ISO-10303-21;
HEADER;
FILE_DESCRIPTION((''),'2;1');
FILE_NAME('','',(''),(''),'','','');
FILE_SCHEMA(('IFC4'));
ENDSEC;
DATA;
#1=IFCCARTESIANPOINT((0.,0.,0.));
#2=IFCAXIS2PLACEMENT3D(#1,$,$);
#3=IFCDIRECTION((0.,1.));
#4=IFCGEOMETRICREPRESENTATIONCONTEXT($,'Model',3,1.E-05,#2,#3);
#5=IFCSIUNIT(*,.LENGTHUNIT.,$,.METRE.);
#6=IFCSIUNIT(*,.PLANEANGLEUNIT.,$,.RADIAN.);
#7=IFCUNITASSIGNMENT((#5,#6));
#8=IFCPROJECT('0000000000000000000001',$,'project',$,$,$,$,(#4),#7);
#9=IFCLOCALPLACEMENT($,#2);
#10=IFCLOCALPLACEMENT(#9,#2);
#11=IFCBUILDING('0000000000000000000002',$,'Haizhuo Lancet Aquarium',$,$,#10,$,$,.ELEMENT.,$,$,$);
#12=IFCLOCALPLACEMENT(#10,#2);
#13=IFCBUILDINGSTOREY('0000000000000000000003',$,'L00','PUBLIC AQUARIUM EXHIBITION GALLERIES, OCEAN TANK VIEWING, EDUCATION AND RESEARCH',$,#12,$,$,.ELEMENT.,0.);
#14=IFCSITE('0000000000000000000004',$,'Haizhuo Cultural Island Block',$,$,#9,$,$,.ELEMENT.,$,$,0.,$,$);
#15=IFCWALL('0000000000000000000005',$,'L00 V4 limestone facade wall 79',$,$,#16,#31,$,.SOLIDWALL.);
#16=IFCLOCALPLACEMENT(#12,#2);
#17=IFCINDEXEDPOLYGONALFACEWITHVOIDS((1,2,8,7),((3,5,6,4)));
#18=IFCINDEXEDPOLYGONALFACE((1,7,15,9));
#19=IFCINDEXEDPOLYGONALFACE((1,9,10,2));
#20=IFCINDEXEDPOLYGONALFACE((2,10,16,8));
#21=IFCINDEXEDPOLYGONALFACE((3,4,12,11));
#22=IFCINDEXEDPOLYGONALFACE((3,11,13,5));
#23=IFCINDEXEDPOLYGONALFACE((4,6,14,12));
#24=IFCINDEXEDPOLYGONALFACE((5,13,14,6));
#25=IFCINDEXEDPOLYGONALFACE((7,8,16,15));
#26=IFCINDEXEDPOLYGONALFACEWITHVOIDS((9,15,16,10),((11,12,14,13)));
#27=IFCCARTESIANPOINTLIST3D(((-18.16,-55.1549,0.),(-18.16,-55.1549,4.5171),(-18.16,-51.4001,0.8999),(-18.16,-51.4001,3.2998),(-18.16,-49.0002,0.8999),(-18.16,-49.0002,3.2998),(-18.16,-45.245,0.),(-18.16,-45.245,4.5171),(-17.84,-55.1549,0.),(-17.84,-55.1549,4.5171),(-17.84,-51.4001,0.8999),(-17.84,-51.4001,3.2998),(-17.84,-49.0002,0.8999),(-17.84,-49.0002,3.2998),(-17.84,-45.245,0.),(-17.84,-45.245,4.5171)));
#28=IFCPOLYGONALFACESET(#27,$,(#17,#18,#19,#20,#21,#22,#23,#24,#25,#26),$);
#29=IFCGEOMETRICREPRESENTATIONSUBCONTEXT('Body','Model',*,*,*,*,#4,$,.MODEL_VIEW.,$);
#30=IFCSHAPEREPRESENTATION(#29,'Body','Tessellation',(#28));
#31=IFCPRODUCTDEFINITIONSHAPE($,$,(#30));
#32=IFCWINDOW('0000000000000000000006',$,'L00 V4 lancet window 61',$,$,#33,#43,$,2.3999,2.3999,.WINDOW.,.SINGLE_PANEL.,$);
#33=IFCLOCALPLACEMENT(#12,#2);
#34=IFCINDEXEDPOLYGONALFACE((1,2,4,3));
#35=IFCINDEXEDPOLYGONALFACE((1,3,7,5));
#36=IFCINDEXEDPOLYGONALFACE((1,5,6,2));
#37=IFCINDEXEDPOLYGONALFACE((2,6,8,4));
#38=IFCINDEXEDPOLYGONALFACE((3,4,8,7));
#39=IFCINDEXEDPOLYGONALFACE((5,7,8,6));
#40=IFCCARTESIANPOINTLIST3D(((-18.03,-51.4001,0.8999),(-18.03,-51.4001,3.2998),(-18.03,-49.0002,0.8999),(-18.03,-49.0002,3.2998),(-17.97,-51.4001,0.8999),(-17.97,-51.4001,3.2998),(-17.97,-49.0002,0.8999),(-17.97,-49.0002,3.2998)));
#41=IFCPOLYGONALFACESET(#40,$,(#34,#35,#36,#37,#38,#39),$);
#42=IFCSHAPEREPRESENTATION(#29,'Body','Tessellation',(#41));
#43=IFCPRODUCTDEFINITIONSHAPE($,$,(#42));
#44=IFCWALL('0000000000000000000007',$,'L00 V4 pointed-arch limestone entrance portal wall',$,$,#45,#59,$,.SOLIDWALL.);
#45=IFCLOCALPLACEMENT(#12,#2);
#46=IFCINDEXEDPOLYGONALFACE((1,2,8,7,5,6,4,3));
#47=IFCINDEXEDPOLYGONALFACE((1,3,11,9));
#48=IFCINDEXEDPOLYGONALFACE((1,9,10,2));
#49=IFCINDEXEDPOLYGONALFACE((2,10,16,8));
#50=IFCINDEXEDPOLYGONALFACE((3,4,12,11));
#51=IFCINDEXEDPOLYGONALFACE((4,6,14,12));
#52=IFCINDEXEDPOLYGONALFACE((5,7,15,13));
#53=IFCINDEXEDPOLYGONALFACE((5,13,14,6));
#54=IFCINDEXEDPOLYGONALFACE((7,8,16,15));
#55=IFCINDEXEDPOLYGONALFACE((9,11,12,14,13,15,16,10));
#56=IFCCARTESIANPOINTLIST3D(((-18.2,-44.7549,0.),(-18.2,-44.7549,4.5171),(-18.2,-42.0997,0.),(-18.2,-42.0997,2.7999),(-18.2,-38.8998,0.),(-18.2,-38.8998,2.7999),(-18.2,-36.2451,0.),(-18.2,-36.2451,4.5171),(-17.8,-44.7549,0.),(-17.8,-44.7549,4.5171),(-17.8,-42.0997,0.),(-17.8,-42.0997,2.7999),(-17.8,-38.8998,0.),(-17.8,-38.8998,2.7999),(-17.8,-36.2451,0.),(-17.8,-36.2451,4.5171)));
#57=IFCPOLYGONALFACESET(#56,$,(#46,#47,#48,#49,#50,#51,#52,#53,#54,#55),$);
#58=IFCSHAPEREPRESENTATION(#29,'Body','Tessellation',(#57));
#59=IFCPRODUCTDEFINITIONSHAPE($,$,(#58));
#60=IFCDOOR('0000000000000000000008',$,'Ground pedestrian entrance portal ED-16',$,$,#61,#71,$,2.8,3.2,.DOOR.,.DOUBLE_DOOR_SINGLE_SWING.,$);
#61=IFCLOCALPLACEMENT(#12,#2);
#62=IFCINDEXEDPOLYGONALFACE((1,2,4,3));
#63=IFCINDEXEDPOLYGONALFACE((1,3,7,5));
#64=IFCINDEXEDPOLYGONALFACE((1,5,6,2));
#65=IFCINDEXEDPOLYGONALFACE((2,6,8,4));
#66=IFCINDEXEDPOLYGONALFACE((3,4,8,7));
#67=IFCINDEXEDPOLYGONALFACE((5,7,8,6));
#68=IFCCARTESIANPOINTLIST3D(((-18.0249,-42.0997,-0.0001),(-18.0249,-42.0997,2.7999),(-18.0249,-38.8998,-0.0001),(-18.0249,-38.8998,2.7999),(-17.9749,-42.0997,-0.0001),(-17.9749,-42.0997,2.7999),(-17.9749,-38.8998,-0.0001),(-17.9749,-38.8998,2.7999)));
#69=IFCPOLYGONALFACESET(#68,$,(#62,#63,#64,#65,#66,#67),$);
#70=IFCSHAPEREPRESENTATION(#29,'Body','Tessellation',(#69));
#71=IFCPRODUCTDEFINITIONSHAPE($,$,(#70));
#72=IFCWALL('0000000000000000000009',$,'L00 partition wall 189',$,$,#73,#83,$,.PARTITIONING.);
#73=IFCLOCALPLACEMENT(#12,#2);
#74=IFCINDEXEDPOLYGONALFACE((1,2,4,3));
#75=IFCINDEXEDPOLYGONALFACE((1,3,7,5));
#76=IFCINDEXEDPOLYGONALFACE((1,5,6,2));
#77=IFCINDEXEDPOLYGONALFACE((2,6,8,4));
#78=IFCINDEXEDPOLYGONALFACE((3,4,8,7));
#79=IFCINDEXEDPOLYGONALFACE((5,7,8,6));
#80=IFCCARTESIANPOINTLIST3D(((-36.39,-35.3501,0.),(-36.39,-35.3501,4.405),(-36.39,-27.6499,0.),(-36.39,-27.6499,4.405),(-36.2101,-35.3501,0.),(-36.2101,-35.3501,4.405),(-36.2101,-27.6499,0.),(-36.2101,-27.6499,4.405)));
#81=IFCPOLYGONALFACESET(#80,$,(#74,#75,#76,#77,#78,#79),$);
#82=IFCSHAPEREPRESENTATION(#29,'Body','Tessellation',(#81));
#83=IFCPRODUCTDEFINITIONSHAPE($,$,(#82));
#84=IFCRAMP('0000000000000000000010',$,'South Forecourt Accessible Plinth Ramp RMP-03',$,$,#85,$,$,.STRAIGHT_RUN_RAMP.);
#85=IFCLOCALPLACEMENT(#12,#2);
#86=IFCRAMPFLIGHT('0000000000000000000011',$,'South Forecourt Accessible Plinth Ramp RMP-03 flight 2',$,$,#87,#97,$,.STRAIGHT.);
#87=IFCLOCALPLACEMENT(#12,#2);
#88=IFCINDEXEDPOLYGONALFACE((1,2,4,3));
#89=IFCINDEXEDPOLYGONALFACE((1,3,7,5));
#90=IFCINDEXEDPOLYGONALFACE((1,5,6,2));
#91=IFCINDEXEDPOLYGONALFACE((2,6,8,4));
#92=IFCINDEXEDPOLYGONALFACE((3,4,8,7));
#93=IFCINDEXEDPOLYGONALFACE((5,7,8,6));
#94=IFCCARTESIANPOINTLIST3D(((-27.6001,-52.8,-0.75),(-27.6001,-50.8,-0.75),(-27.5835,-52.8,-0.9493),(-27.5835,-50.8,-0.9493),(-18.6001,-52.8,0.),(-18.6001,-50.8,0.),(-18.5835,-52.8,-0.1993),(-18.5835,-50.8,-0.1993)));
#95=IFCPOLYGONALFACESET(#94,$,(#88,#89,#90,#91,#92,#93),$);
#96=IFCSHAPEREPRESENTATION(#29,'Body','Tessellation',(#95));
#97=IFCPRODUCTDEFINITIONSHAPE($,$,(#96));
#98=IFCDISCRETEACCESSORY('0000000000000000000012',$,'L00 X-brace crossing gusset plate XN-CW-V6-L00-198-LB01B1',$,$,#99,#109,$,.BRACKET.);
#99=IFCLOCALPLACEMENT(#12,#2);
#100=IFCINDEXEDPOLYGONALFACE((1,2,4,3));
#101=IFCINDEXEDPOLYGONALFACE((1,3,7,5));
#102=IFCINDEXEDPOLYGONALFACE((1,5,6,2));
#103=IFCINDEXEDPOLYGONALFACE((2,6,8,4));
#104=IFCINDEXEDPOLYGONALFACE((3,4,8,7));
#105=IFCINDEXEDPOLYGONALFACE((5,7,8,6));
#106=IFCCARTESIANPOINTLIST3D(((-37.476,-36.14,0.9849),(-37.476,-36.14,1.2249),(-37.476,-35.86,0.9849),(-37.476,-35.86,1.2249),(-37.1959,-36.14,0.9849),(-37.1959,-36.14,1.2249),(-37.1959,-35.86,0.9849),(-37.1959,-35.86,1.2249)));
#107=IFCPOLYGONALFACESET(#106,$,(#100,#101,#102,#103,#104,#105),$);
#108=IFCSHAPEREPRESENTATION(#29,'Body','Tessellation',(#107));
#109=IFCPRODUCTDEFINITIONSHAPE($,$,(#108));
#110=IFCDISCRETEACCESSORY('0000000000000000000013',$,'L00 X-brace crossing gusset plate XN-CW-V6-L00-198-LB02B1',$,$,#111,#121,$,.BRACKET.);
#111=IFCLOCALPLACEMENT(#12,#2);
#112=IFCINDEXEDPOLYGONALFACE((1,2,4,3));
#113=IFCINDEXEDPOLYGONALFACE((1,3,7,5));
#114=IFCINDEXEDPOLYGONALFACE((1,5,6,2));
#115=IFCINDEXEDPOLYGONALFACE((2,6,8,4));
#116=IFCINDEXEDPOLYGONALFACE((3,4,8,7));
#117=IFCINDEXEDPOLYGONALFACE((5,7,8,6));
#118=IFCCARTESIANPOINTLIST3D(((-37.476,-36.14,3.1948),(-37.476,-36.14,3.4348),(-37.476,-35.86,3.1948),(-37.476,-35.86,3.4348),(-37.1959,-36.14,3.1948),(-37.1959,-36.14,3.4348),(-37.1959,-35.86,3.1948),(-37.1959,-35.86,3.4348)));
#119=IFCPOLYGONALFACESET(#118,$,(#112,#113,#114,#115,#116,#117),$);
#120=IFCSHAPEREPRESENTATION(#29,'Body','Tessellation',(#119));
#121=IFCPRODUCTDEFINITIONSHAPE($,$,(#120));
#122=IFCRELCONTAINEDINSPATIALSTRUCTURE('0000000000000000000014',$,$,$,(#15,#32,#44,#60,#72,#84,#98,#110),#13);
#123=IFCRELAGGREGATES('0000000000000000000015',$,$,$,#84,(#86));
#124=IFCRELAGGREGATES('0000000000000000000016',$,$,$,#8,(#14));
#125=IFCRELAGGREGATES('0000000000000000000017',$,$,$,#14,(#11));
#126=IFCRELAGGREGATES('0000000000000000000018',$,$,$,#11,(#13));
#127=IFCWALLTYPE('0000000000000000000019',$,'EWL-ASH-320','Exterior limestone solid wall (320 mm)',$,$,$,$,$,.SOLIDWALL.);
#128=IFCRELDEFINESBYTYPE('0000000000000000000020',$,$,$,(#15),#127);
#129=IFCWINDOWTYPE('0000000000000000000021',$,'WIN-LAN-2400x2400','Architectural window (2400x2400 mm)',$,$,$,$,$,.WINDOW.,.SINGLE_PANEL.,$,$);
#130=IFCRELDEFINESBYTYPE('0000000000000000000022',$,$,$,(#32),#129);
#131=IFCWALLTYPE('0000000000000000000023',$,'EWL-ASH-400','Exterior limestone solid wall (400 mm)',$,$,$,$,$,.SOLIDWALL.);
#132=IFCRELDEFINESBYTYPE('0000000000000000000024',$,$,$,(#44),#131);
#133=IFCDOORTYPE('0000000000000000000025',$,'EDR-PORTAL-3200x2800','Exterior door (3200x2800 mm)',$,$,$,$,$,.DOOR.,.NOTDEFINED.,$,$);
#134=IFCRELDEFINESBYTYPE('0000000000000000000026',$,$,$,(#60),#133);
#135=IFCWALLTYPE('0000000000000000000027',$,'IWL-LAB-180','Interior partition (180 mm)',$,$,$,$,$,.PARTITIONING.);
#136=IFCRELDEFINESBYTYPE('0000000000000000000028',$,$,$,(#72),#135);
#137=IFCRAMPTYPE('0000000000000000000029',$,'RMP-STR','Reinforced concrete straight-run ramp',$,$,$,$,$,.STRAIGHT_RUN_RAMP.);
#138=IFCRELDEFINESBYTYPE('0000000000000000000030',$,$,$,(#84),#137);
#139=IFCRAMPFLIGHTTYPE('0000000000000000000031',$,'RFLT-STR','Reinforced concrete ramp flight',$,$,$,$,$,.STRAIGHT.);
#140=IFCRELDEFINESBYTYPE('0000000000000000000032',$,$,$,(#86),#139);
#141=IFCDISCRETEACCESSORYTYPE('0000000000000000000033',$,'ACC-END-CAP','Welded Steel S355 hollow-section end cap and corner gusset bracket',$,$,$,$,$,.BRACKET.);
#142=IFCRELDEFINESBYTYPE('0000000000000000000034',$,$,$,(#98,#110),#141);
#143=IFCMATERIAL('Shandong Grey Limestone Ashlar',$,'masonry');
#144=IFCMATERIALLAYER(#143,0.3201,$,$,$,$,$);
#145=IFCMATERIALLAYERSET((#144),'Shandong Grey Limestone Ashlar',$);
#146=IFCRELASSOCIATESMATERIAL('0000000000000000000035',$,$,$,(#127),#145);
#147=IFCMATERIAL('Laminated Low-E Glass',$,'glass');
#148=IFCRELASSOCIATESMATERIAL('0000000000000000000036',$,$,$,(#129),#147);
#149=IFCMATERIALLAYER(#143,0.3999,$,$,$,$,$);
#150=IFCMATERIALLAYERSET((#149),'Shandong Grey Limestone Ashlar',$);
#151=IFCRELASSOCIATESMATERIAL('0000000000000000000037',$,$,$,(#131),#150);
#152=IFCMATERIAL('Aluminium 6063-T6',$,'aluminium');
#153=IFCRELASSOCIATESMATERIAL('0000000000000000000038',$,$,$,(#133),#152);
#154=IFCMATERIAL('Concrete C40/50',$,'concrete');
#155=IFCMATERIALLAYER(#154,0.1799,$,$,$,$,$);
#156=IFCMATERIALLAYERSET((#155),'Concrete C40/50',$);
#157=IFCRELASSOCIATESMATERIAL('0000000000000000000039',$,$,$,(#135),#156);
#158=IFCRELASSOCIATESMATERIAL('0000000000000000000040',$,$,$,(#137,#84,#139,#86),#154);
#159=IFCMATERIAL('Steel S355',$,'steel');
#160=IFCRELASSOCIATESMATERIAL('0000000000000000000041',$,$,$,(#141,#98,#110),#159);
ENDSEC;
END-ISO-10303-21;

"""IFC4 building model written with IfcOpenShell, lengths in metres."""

from ifc_helpers import new_model, si_unit, direction, frame, frame_2d, origin, origin_2d, place, context, subcontext, project, spatial, polyline, rectangle, outline, extrude, material, layer, layer_set, type_object, element, fill, aggregate, save


model = new_model("IFC4")

# Units and contexts
model_context = context("Model", 3, precision=1e-05, world=origin(), true_north=direction((0.0, 1.0)))
body_context = subcontext(model_context, "Body", "Model", "MODEL_VIEW")
ifc_project = project(units=[si_unit("LENGTHUNIT", "METRE"), si_unit("PLANEANGLEUNIT", "RADIAN")], contexts=[model_context])

# Site, building, storey
site_placement = place(None, origin())
site = spatial("IfcSite", under=ifc_project, at=site_placement, Name="Haizhuo Cultural Island Block", CompositionType="ELEMENT", RefElevation=0.0)
building_placement = place(site_placement, origin())
building = spatial("IfcBuilding", under=site, at=building_placement, Name="Haizhuo Lancet Aquarium", CompositionType="ELEMENT")
storey_placement = place(building_placement, origin())
storey = spatial("IfcBuildingStorey", under=building, at=storey_placement, Name="L00", Description="PUBLIC AQUARIUM EXHIBITION GALLERIES, OCEAN TANK VIEWING, EDUCATION AND RESEARCH", CompositionType="ELEMENT", Elevation=0.0)

# Shared definitions
ifc_material_1 = material(Name="Steel S355", Category="steel")

# Shared definitions
ifc_material_2 = material(Name="Aluminium 6063-T6", Category="aluminium")

# Shared definitions
ifc_material_3 = material(Name="Laminated Low-E Glass", Category="glass")

# Wall, opening, window
ifc_material_4 = material(Name="Shandong Grey Limestone Ashlar", Category="masonry")
ifc_layer_1 = layer(ifc_material_4, 0.3201)
ifc_layer_set_1 = layer_set([ifc_layer_1], Name="Shandong Grey Limestone Ashlar")
wall_type_1 = type_object("IfcWallType", Name="EWL-ASH-320", Description="Exterior limestone solid wall (320 mm)", PredefinedType="SOLIDWALL", material=ifc_layer_set_1)
wall_1_placement = place(storey_placement, frame((-18.0, -55.155, 0.0), z_axis=(0.0, 0.0, 1.0), x_axis=(0.0, 1.0, 0.0)))
wall_1 = element("IfcWall", 1, at=wall_1_placement, inside=storey, type_object=wall_type_1, Name="L00 V4 limestone facade wall 79", PredefinedType="SOLIDWALL", context=body_context, shape_type="SweptSolid", body=[
    extrude(rectangle(XDim=9.9099, YDim=0.3201, at=frame_2d((4.9551, 0.0))), origin(), (0.0, 0.0, 1.0), 4.5171),
])
opening_1_placement = place(wall_1_placement, frame((3.7549, 0.0, 0.8999)))
opening_1 = element("IfcOpeningElement", 2, at=opening_1_placement, cuts=wall_1, PredefinedType="OPENING", context=body_context, shape_type="SweptSolid", body=[
    extrude(rectangle(XDim=2.3999, YDim=2.3999, at=frame_2d((1.2, 1.2))), frame((0.0, 0.1699, 0.0), z_axis=(0.0, -1.0, 0.0), x_axis=(1.0, 0.0, 0.0)), (0.0, 0.0, 1.0), 0.3401),
])
window_type = type_object("IfcWindowType", Name="WIN-LAN-2400x2400", Description="Architectural window (2400x2400 mm)", PartitioningType="SINGLE_PANEL", PredefinedType="WINDOW", material=ifc_material_3)
window_placement = place(opening_1_placement, origin())
window = element("IfcWindow", 3, at=window_placement, inside=storey, type_object=window_type, Name="L00 V4 lancet window 61", OverallHeight=2.3999, OverallWidth=2.3999, PartitioningType="SINGLE_PANEL", PredefinedType="WINDOW", context=body_context, shape_type="SweptSolid", body=[
    extrude(rectangle(XDim=2.3999, YDim=2.3999, at=frame_2d((1.2, 1.2))), frame((0.0, 0.03, 0.0), z_axis=(0.0, -1.0, 0.0), x_axis=(1.0, 0.0, 0.0)), (0.0, 0.0, 1.0), 0.0601),
])
fill(opening_1, window)

# Wall, opening, door
ifc_layer_2 = layer(ifc_material_4, 0.3999)
ifc_layer_set_2 = layer_set([ifc_layer_2], Name="Shandong Grey Limestone Ashlar")
wall_type_2 = type_object("IfcWallType", Name="EWL-ASH-400", Description="Exterior limestone solid wall (400 mm)", PredefinedType="SOLIDWALL", material=ifc_layer_set_2)
wall_2_placement = place(storey_placement, frame((-18.0, -44.7549, 0.0), z_axis=(0.0, 0.0, 1.0), x_axis=(0.0, 1.0, 0.0)))
wall_2 = element("IfcWall", 4, at=wall_2_placement, inside=storey, type_object=wall_type_2, Name="L00 V4 pointed-arch limestone entrance portal wall", PredefinedType="SOLIDWALL", context=body_context, shape_type="SweptSolid", body=[
    extrude(rectangle(XDim=8.5098, YDim=0.3999, at=frame_2d((4.2549, 0.0))), origin(), (0.0, 0.0, 1.0), 4.5171),
])
opening_2_placement = place(wall_2_placement, frame((2.655, 0.0, 0.0)))
opening_2 = element("IfcOpeningElement", 5, at=opening_2_placement, cuts=wall_2, PredefinedType="OPENING", context=body_context, shape_type="SweptSolid", body=[
    extrude(rectangle(XDim=3.2, YDim=2.8, at=frame_2d((1.6001, 1.3999))), frame((0.0, 0.21, 0.0), z_axis=(0.0, -1.0, 0.0), x_axis=(1.0, 0.0, 0.0)), (0.0, 0.0, 1.0), 0.4199),
])
door_type = type_object("IfcDoorType", Name="EDR-PORTAL-3200x2800", Description="Exterior door (3200x2800 mm)", OperationType="NOTDEFINED", PredefinedType="DOOR", material=ifc_material_2)
door_placement = place(opening_2_placement, origin())
door = element("IfcDoor", 6, at=door_placement, inside=storey, type_object=door_type, Name="Ground pedestrian entrance portal ED-16", OperationType="DOUBLE_DOOR_SINGLE_SWING", OverallHeight=2.8, OverallWidth=3.2, PredefinedType="DOOR", context=body_context, shape_type="SweptSolid", body=[
    extrude(rectangle(XDim=3.2, YDim=2.8, at=frame_2d((1.6001, 1.3999))), frame((0.0, 0.0249, 0.0), z_axis=(0.0, -1.0, 0.0), x_axis=(1.0, 0.0, 0.0)), (0.0, 0.0, 1.0), 0.05),
])
fill(opening_2, door)

# Wall
ifc_material_5 = material(Name="Concrete C40/50", Category="concrete")
ifc_layer_3 = layer(ifc_material_5, 0.1799)
ifc_layer_set_3 = layer_set([ifc_layer_3], Name="Concrete C40/50")
wall_type_3 = type_object("IfcWallType", Name="IWL-LAB-180", Description="Interior partition (180 mm)", PredefinedType="PARTITIONING", material=ifc_layer_set_3)
wall_3_placement = place(storey_placement, frame((-36.3, -35.3501, 0.0), z_axis=(0.0, 0.0, 1.0), x_axis=(0.0, 1.0, 0.0)))
element("IfcWall", 7, at=wall_3_placement, inside=storey, type_object=wall_type_3, Name="L00 partition wall 189", PredefinedType="PARTITIONING", context=body_context, shape_type="SweptSolid", body=[
    extrude(rectangle(XDim=7.7002, YDim=0.1799, at=frame_2d((3.8501, 0.0))), origin(), (0.0, 0.0, 1.0), 4.405),
])

# Ramp, ramp flight
ramp_type = type_object("IfcRampType", Name="RMP-STR", Description="Reinforced concrete straight-run ramp", PredefinedType="STRAIGHT_RUN_RAMP", material=ifc_material_5)
ramp_placement = place(storey_placement, origin())
ramp = element("IfcRamp", 8, at=ramp_placement, inside=storey, type_object=ramp_type, material=ifc_material_5, Name="South Forecourt Accessible Plinth Ramp RMP-03", PredefinedType="STRAIGHT_RUN_RAMP")
ramp_flight_type = type_object("IfcRampFlightType", Name="RFLT-STR", Description="Reinforced concrete ramp flight", PredefinedType="STRAIGHT", material=ifc_material_5)
ramp_flight_placement = place(storey_placement, frame((-27.6001, -52.8, -0.75), z_axis=(-0.083045, 0.0, 0.996546), x_axis=(0.996546, 0.0, 0.083045)))
ramp_flight = element("IfcRampFlight", 9, at=ramp_flight_placement, type_object=ramp_flight_type, material=ifc_material_5, Name="South Forecourt Accessible Plinth Ramp RMP-03 flight 2", PredefinedType="STRAIGHT", context=body_context, shape_type="SweptSolid", body=[
    extrude(outline(polyline([(0.0, 0.0), (9.0312, 0.0), (9.0312, 2.0), (0.0, 2.0), (0.0, 0.0)])), origin(), (0.0, 0.0, -1.0), 0.2),
])
aggregate(ramp, [ramp_flight])

# Discrete accessories
discrete_accessory_type = type_object("IfcDiscreteAccessoryType", Name="ACC-END-CAP", Description="Welded Steel S355 hollow-section end cap and corner gusset bracket", PredefinedType="BRACKET", material=ifc_material_1)
for number, where, z_axis, x_axis, name in (
    (10, (-37.3359, -36.0, 0.9849), (0.0, 0.0, 1.0), (1.0, 0.0, 0.0), "L00 X-brace crossing gusset plate XN-CW-V6-L00-198-LB01B1"),
    (11, (-37.3359, -36.0, 3.1948), (0.0, 0.0, 1.0), (1.0, 0.0, 0.0), "L00 X-brace crossing gusset plate XN-CW-V6-L00-198-LB02B1"),
):
    element("IfcDiscreteAccessory", number, at=place(storey_placement, frame(where, z_axis=z_axis, x_axis=x_axis)), inside=storey, type_object=discrete_accessory_type, material=ifc_material_1, Name=name, PredefinedType="BRACKET", context=body_context, shape_type="SweptSolid", body=[
        extrude(rectangle(XDim=0.28, YDim=0.28, at=origin_2d()), origin(), (0.0, 0.0, 1.0), 0.24),
    ])

save(model, "model.ifc")
